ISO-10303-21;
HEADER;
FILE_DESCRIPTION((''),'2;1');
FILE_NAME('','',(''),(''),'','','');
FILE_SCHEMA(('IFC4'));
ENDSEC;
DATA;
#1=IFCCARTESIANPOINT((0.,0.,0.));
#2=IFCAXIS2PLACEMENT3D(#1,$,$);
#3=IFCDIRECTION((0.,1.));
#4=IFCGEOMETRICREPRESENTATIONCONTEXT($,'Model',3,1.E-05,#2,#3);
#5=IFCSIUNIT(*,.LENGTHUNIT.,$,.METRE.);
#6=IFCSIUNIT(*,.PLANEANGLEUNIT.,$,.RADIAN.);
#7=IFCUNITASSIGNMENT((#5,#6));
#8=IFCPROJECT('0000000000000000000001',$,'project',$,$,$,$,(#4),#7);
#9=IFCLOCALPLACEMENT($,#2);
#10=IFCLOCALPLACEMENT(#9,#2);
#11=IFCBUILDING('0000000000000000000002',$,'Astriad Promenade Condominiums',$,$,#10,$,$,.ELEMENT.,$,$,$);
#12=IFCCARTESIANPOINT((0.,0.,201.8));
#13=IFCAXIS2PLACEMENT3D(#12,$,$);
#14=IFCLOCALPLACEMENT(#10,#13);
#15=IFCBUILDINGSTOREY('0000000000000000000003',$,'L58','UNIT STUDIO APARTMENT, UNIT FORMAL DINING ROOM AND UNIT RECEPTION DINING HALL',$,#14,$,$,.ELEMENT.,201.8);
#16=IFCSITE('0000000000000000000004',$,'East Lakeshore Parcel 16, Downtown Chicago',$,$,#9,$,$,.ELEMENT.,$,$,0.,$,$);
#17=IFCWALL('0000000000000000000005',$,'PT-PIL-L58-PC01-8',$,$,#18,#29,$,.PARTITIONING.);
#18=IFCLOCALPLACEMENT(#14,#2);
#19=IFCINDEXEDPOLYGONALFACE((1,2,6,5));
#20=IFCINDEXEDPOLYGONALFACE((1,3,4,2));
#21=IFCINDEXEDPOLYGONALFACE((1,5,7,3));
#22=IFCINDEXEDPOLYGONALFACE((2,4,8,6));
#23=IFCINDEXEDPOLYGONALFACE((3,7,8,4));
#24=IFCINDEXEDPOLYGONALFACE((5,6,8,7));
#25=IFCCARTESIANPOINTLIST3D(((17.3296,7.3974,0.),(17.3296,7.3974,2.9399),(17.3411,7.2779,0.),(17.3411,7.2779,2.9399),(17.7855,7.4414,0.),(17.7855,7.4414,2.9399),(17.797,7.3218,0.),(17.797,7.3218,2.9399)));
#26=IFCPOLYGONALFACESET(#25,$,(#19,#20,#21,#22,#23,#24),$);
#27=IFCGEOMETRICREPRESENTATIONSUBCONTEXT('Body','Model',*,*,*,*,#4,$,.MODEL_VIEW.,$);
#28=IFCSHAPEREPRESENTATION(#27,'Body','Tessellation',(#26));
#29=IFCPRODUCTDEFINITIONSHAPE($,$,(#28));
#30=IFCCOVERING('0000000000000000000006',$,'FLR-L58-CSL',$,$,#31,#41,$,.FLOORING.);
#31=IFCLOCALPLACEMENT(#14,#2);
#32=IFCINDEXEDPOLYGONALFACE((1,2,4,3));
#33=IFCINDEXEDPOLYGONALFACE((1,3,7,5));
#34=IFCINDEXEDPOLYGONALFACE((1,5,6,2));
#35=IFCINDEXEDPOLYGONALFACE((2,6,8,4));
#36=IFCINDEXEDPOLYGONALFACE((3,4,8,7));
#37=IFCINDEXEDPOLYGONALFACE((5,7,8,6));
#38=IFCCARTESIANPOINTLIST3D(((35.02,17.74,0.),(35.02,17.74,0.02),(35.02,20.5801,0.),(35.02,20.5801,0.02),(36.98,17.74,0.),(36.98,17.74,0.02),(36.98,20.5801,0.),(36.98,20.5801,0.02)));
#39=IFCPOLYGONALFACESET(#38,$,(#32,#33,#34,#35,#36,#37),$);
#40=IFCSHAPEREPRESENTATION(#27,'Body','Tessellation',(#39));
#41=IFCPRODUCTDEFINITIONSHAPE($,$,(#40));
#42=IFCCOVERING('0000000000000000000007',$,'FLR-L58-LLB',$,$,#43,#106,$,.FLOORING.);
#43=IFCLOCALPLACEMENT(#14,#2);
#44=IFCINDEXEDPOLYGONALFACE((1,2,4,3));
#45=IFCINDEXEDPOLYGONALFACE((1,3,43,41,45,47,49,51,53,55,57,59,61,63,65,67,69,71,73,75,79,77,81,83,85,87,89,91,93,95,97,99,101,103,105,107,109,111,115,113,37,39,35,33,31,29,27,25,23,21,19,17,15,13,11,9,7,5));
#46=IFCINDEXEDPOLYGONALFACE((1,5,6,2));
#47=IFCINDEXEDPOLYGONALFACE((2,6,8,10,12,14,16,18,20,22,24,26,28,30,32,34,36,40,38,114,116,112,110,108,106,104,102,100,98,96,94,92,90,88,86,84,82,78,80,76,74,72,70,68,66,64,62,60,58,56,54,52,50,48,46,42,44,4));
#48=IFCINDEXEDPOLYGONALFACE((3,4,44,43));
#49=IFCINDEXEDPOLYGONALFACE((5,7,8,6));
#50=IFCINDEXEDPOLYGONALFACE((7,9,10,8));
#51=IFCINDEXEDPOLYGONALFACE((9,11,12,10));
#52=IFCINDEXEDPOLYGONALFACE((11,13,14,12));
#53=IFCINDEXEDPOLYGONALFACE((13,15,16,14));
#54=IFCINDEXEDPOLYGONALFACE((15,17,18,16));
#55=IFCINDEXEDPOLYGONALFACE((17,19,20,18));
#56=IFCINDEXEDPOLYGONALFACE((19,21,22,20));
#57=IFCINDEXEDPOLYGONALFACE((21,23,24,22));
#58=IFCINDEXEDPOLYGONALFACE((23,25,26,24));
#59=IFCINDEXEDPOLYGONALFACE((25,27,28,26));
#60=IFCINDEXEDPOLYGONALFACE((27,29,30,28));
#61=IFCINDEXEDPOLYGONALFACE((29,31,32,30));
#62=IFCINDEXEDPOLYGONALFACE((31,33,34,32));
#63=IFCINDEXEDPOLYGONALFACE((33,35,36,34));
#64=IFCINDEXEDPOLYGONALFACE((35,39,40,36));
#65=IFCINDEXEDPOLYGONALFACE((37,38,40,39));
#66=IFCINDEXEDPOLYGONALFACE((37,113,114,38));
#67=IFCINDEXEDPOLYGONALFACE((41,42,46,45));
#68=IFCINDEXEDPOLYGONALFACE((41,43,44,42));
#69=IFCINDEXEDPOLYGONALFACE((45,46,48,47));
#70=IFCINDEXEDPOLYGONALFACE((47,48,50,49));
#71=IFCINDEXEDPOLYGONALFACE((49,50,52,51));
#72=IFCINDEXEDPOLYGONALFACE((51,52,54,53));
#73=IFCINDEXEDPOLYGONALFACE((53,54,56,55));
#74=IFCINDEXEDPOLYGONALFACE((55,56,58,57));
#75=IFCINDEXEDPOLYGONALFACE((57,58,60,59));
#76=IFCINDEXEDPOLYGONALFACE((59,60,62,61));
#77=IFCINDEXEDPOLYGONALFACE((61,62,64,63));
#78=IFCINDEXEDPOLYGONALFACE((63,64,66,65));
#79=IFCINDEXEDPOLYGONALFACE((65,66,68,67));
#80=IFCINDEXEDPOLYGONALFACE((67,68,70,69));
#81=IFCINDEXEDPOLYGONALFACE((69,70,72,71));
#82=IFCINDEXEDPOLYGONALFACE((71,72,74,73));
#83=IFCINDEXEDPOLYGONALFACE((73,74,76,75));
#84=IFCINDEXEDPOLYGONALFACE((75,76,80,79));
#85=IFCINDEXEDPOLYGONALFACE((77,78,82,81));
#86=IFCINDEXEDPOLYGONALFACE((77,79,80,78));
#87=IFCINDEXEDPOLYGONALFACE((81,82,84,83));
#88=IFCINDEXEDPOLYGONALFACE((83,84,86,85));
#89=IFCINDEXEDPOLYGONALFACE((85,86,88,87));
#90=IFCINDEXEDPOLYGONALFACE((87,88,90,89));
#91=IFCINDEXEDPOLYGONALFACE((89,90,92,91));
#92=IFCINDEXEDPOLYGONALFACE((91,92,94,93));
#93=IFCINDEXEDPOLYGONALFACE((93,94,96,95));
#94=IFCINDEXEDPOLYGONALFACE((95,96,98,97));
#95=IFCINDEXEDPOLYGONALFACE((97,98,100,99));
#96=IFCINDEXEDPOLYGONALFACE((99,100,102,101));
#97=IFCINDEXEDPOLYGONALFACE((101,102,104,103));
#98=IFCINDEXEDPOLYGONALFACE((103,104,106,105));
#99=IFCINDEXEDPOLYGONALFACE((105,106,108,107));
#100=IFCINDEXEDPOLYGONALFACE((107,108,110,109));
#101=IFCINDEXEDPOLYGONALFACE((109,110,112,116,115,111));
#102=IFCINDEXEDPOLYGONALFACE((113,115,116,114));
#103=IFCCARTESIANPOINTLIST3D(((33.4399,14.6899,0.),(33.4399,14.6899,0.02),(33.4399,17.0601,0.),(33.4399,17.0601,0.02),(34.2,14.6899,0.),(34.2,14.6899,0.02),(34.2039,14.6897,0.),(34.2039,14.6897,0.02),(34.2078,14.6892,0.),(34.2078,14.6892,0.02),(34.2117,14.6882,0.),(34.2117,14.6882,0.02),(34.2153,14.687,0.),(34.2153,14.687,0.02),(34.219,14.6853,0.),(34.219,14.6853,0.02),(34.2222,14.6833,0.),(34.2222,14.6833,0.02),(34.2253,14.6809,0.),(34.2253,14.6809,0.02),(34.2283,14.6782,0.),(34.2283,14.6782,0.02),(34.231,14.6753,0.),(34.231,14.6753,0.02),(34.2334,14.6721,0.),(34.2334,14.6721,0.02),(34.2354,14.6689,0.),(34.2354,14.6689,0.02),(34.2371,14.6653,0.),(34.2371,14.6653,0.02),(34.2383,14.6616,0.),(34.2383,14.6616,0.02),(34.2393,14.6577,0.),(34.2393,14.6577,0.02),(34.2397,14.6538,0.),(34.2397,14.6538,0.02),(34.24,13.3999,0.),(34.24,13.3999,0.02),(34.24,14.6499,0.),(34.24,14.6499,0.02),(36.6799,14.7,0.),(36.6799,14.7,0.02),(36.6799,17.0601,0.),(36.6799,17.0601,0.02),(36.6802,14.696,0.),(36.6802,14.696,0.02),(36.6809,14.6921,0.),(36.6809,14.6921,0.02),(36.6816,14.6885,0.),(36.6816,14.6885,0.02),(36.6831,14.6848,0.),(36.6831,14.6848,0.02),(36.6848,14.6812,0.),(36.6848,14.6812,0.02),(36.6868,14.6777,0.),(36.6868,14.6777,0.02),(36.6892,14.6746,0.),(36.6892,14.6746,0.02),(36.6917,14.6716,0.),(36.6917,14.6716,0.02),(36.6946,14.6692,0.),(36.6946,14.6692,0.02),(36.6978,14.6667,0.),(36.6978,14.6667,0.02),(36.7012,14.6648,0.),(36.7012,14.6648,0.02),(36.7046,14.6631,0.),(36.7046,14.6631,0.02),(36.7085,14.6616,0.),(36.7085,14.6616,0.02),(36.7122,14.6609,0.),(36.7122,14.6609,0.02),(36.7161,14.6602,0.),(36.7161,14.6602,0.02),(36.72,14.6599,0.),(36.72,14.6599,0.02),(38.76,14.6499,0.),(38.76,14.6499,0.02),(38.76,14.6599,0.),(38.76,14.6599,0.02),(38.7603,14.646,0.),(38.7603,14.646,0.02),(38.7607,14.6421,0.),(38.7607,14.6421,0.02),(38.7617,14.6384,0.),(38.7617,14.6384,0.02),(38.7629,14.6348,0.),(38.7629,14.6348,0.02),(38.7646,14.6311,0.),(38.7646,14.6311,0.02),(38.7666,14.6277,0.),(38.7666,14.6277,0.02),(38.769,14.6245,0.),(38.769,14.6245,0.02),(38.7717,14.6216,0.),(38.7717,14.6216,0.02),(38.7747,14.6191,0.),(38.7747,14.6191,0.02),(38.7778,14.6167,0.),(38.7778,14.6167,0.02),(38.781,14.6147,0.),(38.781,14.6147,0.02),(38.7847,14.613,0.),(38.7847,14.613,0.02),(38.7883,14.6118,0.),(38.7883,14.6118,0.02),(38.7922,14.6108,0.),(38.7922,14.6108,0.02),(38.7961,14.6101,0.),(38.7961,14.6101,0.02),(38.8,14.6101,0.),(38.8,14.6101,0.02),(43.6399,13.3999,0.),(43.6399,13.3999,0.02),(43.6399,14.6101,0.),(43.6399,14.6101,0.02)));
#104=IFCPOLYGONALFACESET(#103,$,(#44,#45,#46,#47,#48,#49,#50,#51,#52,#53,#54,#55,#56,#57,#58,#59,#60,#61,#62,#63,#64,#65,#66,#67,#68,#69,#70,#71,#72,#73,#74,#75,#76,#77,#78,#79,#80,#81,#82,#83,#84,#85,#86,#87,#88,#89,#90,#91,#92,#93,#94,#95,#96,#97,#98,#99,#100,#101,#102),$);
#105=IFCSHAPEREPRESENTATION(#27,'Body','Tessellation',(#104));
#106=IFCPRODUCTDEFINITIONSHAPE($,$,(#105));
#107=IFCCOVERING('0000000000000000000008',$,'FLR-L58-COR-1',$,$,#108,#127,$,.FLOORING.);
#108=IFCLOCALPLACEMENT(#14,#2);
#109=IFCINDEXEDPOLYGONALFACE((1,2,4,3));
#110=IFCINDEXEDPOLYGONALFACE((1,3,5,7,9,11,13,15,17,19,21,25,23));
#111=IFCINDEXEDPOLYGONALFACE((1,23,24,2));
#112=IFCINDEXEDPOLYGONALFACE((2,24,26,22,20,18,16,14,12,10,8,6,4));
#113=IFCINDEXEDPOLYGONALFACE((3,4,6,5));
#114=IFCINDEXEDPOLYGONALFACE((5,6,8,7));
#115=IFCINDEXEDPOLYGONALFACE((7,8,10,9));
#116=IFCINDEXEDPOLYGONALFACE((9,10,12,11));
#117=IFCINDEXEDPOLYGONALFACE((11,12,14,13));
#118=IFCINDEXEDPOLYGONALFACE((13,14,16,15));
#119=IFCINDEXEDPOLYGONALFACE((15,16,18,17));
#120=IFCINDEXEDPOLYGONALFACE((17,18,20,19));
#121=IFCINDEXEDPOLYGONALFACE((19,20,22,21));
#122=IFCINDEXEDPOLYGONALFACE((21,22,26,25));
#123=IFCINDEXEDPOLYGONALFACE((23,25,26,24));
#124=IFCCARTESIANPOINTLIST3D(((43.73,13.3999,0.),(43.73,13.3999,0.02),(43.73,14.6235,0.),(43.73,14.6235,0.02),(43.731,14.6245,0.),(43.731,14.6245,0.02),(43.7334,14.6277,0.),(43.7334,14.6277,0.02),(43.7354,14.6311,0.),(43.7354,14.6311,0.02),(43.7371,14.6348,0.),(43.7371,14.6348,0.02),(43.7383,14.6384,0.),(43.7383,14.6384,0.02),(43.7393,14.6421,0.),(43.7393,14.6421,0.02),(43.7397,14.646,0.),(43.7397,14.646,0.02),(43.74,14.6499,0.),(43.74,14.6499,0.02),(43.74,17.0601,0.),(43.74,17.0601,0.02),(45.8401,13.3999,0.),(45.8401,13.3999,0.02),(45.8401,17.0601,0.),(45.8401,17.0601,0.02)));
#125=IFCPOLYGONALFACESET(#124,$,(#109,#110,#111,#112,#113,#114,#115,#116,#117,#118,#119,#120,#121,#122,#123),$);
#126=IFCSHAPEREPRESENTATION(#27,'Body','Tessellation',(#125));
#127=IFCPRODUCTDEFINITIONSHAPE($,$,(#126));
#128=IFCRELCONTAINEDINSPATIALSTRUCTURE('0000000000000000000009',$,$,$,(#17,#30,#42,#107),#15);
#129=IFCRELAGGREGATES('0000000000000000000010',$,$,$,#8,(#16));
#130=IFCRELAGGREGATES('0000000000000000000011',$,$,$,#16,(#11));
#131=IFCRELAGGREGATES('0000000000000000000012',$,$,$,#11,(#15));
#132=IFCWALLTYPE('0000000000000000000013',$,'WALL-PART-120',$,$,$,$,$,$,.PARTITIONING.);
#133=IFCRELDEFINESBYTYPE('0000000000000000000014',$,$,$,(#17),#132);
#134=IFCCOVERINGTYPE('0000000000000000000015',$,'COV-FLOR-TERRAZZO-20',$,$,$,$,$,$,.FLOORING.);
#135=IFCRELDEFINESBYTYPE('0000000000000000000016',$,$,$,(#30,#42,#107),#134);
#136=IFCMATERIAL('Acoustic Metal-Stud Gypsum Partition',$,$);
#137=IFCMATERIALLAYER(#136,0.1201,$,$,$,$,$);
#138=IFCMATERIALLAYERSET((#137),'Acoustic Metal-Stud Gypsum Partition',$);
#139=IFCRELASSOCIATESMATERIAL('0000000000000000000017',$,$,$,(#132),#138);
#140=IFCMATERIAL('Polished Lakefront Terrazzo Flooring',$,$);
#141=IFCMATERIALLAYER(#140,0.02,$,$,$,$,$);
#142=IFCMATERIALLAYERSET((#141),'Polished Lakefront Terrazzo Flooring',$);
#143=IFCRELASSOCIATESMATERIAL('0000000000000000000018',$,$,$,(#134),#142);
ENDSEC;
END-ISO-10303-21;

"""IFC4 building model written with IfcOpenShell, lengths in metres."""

from ifc_helpers import new_model, si_unit, direction, frame, frame_2d, origin, place, context, subcontext, project, spatial, polyline, rectangle, outline, extrude, material, layer, layer_set, type_object, element, save


model = new_model("IFC4")

# Units and contexts
model_context = context("Model", 3, precision=1e-05, world=origin(), true_north=direction((0.0, 1.0)))
body_context = subcontext(model_context, "Body", "Model", "MODEL_VIEW")
ifc_project = project(units=[si_unit("LENGTHUNIT", "METRE"), si_unit("PLANEANGLEUNIT", "RADIAN")], contexts=[model_context])

# Site, building, storey
site_placement = place(None, origin())
site = spatial("IfcSite", under=ifc_project, at=site_placement, Name="East Lakeshore Parcel 16, Downtown Chicago", CompositionType="ELEMENT", RefElevation=0.0)
building_placement = place(site_placement, origin())
building = spatial("IfcBuilding", under=site, at=building_placement, Name="Astriad Promenade Condominiums", CompositionType="ELEMENT")
storey_placement = place(building_placement, frame((0.0, 0.0, 201.8)))
storey = spatial("IfcBuildingStorey", under=building, at=storey_placement, Name="L58", Description="UNIT STUDIO APARTMENT, UNIT FORMAL DINING ROOM AND UNIT RECEPTION DINING HALL", CompositionType="ELEMENT", Elevation=201.8)

# Shared definitions
ifc_material_1 = material(Name="Acoustic Metal-Stud Gypsum Partition")
ifc_layer_1 = layer(ifc_material_1, 0.1201)
ifc_layer_set_1 = layer_set([ifc_layer_1], Name="Acoustic Metal-Stud Gypsum Partition")
wall_type_1 = type_object("IfcWallType", Name="WALL-PART-120", PredefinedType="PARTITIONING", material=ifc_layer_set_1)

# Wall
wall_1_placement = place(storey_placement, frame((17.7913, 7.3816, 0.0), z_axis=(0.0, 0.0, 1.0), x_axis=(-0.995385, -0.095966, 0.0)))
element("IfcWall", 1, at=wall_1_placement, inside=storey, type_object=wall_type_1, Name="PT-PIL-L58-PC01-8", PredefinedType="PARTITIONING", context=body_context, shape_type="SweptSolid", body=[
    extrude(rectangle(XDim=0.458, YDim=0.1201, at=frame_2d((0.229, 0.0))), origin(), (0.0, 0.0, 1.0), 2.9399),
])

# Coverings
ifc_material_2 = material(Name="Polished Lakefront Terrazzo Flooring")
ifc_layer_2 = layer(ifc_material_2, 0.02)
ifc_layer_set_2 = layer_set([ifc_layer_2], Name="Polished Lakefront Terrazzo Flooring")
covering_type = type_object("IfcCoveringType", Name="COV-FLOR-TERRAZZO-20", PredefinedType="FLOORING", material=ifc_layer_set_2)
covering_1_placement = place(storey_placement, origin())
element("IfcCovering", 2, at=covering_1_placement, inside=storey, type_object=covering_type, Name="FLR-L58-CSL", PredefinedType="FLOORING", context=body_context, shape_type="SweptSolid", body=[
    extrude(outline(polyline([(36.98, 17.74), (35.02, 17.74), (35.02, 20.5801), (36.98, 20.5801), (36.98, 17.74)])), origin(), (0.0, 0.0, 1.0), 0.02),
])
covering_2_placement = place(storey_placement, origin())
element("IfcCovering", 3, at=covering_2_placement, inside=storey, type_object=covering_type, Name="FLR-L58-LLB", PredefinedType="FLOORING", context=body_context, shape_type="SweptSolid", body=[
    extrude(outline(polyline([(43.6399, 14.6101), (43.6399, 13.3999), (34.24, 13.3999), (34.24, 14.6499), (34.2397, 14.6538), (34.2393, 14.6577), (34.2383, 14.6616), (34.2371, 14.6653), (34.2354, 14.6689), (34.2334, 14.6721), (34.231, 14.6753), (34.2283, 14.6782), (34.2253, 14.6809), (34.2222, 14.6833), (34.219, 14.6853), (34.2153, 14.687), (34.2117, 14.6882), (34.2078, 14.6892), (34.2039, 14.6897), (34.2, 14.6899), (33.4399, 14.6899), (33.4399, 17.0601), (36.6799, 17.0601), (36.6799, 14.7), (36.6802, 14.696), (36.6809, 14.6921), (36.6816, 14.6885), (36.6831, 14.6848), (36.6848, 14.6812), (36.6868, 14.6777), (36.6892, 14.6746), (36.6917, 14.6716), (36.6946, 14.6692), (36.6978, 14.6667), (36.7012, 14.6648), (36.7046, 14.6631), (36.7085, 14.6616), (36.7122, 14.6609), (36.7161, 14.6602), (36.72, 14.6599), (38.76, 14.6599), (38.76, 14.6499), (38.7603, 14.646), (38.7607, 14.6421), (38.7617, 14.6384), (38.7629, 14.6348), (38.7646, 14.6311), (38.7666, 14.6277), (38.769, 14.6245), (38.7717, 14.6216), (38.7747, 14.6191), (38.7778, 14.6167), (38.781, 14.6147), (38.7847, 14.613), (38.7883, 14.6118), (38.7922, 14.6108), (38.7961, 14.6101), (38.8, 14.6101), (43.6399, 14.6101)])), origin(), (0.0, 0.0, 1.0), 0.02),
])
covering_3_placement = place(storey_placement, origin())
element("IfcCovering", 4, at=covering_3_placement, inside=storey, type_object=covering_type, Name="FLR-L58-COR-1", PredefinedType="FLOORING", context=body_context, shape_type="SweptSolid", body=[
    extrude(outline(polyline([(43.73, 13.3999), (43.73, 14.6235), (43.731, 14.6245), (43.7334, 14.6277), (43.7354, 14.6311), (43.7371, 14.6348), (43.7383, 14.6384), (43.7393, 14.6421), (43.7397, 14.646), (43.74, 14.6499), (43.74, 17.0601), (45.8401, 17.0601), (45.8401, 13.3999), (43.73, 13.3999)])), origin(), (0.0, 0.0, 1.0), 0.02),
])

save(model, "model.ifc")
